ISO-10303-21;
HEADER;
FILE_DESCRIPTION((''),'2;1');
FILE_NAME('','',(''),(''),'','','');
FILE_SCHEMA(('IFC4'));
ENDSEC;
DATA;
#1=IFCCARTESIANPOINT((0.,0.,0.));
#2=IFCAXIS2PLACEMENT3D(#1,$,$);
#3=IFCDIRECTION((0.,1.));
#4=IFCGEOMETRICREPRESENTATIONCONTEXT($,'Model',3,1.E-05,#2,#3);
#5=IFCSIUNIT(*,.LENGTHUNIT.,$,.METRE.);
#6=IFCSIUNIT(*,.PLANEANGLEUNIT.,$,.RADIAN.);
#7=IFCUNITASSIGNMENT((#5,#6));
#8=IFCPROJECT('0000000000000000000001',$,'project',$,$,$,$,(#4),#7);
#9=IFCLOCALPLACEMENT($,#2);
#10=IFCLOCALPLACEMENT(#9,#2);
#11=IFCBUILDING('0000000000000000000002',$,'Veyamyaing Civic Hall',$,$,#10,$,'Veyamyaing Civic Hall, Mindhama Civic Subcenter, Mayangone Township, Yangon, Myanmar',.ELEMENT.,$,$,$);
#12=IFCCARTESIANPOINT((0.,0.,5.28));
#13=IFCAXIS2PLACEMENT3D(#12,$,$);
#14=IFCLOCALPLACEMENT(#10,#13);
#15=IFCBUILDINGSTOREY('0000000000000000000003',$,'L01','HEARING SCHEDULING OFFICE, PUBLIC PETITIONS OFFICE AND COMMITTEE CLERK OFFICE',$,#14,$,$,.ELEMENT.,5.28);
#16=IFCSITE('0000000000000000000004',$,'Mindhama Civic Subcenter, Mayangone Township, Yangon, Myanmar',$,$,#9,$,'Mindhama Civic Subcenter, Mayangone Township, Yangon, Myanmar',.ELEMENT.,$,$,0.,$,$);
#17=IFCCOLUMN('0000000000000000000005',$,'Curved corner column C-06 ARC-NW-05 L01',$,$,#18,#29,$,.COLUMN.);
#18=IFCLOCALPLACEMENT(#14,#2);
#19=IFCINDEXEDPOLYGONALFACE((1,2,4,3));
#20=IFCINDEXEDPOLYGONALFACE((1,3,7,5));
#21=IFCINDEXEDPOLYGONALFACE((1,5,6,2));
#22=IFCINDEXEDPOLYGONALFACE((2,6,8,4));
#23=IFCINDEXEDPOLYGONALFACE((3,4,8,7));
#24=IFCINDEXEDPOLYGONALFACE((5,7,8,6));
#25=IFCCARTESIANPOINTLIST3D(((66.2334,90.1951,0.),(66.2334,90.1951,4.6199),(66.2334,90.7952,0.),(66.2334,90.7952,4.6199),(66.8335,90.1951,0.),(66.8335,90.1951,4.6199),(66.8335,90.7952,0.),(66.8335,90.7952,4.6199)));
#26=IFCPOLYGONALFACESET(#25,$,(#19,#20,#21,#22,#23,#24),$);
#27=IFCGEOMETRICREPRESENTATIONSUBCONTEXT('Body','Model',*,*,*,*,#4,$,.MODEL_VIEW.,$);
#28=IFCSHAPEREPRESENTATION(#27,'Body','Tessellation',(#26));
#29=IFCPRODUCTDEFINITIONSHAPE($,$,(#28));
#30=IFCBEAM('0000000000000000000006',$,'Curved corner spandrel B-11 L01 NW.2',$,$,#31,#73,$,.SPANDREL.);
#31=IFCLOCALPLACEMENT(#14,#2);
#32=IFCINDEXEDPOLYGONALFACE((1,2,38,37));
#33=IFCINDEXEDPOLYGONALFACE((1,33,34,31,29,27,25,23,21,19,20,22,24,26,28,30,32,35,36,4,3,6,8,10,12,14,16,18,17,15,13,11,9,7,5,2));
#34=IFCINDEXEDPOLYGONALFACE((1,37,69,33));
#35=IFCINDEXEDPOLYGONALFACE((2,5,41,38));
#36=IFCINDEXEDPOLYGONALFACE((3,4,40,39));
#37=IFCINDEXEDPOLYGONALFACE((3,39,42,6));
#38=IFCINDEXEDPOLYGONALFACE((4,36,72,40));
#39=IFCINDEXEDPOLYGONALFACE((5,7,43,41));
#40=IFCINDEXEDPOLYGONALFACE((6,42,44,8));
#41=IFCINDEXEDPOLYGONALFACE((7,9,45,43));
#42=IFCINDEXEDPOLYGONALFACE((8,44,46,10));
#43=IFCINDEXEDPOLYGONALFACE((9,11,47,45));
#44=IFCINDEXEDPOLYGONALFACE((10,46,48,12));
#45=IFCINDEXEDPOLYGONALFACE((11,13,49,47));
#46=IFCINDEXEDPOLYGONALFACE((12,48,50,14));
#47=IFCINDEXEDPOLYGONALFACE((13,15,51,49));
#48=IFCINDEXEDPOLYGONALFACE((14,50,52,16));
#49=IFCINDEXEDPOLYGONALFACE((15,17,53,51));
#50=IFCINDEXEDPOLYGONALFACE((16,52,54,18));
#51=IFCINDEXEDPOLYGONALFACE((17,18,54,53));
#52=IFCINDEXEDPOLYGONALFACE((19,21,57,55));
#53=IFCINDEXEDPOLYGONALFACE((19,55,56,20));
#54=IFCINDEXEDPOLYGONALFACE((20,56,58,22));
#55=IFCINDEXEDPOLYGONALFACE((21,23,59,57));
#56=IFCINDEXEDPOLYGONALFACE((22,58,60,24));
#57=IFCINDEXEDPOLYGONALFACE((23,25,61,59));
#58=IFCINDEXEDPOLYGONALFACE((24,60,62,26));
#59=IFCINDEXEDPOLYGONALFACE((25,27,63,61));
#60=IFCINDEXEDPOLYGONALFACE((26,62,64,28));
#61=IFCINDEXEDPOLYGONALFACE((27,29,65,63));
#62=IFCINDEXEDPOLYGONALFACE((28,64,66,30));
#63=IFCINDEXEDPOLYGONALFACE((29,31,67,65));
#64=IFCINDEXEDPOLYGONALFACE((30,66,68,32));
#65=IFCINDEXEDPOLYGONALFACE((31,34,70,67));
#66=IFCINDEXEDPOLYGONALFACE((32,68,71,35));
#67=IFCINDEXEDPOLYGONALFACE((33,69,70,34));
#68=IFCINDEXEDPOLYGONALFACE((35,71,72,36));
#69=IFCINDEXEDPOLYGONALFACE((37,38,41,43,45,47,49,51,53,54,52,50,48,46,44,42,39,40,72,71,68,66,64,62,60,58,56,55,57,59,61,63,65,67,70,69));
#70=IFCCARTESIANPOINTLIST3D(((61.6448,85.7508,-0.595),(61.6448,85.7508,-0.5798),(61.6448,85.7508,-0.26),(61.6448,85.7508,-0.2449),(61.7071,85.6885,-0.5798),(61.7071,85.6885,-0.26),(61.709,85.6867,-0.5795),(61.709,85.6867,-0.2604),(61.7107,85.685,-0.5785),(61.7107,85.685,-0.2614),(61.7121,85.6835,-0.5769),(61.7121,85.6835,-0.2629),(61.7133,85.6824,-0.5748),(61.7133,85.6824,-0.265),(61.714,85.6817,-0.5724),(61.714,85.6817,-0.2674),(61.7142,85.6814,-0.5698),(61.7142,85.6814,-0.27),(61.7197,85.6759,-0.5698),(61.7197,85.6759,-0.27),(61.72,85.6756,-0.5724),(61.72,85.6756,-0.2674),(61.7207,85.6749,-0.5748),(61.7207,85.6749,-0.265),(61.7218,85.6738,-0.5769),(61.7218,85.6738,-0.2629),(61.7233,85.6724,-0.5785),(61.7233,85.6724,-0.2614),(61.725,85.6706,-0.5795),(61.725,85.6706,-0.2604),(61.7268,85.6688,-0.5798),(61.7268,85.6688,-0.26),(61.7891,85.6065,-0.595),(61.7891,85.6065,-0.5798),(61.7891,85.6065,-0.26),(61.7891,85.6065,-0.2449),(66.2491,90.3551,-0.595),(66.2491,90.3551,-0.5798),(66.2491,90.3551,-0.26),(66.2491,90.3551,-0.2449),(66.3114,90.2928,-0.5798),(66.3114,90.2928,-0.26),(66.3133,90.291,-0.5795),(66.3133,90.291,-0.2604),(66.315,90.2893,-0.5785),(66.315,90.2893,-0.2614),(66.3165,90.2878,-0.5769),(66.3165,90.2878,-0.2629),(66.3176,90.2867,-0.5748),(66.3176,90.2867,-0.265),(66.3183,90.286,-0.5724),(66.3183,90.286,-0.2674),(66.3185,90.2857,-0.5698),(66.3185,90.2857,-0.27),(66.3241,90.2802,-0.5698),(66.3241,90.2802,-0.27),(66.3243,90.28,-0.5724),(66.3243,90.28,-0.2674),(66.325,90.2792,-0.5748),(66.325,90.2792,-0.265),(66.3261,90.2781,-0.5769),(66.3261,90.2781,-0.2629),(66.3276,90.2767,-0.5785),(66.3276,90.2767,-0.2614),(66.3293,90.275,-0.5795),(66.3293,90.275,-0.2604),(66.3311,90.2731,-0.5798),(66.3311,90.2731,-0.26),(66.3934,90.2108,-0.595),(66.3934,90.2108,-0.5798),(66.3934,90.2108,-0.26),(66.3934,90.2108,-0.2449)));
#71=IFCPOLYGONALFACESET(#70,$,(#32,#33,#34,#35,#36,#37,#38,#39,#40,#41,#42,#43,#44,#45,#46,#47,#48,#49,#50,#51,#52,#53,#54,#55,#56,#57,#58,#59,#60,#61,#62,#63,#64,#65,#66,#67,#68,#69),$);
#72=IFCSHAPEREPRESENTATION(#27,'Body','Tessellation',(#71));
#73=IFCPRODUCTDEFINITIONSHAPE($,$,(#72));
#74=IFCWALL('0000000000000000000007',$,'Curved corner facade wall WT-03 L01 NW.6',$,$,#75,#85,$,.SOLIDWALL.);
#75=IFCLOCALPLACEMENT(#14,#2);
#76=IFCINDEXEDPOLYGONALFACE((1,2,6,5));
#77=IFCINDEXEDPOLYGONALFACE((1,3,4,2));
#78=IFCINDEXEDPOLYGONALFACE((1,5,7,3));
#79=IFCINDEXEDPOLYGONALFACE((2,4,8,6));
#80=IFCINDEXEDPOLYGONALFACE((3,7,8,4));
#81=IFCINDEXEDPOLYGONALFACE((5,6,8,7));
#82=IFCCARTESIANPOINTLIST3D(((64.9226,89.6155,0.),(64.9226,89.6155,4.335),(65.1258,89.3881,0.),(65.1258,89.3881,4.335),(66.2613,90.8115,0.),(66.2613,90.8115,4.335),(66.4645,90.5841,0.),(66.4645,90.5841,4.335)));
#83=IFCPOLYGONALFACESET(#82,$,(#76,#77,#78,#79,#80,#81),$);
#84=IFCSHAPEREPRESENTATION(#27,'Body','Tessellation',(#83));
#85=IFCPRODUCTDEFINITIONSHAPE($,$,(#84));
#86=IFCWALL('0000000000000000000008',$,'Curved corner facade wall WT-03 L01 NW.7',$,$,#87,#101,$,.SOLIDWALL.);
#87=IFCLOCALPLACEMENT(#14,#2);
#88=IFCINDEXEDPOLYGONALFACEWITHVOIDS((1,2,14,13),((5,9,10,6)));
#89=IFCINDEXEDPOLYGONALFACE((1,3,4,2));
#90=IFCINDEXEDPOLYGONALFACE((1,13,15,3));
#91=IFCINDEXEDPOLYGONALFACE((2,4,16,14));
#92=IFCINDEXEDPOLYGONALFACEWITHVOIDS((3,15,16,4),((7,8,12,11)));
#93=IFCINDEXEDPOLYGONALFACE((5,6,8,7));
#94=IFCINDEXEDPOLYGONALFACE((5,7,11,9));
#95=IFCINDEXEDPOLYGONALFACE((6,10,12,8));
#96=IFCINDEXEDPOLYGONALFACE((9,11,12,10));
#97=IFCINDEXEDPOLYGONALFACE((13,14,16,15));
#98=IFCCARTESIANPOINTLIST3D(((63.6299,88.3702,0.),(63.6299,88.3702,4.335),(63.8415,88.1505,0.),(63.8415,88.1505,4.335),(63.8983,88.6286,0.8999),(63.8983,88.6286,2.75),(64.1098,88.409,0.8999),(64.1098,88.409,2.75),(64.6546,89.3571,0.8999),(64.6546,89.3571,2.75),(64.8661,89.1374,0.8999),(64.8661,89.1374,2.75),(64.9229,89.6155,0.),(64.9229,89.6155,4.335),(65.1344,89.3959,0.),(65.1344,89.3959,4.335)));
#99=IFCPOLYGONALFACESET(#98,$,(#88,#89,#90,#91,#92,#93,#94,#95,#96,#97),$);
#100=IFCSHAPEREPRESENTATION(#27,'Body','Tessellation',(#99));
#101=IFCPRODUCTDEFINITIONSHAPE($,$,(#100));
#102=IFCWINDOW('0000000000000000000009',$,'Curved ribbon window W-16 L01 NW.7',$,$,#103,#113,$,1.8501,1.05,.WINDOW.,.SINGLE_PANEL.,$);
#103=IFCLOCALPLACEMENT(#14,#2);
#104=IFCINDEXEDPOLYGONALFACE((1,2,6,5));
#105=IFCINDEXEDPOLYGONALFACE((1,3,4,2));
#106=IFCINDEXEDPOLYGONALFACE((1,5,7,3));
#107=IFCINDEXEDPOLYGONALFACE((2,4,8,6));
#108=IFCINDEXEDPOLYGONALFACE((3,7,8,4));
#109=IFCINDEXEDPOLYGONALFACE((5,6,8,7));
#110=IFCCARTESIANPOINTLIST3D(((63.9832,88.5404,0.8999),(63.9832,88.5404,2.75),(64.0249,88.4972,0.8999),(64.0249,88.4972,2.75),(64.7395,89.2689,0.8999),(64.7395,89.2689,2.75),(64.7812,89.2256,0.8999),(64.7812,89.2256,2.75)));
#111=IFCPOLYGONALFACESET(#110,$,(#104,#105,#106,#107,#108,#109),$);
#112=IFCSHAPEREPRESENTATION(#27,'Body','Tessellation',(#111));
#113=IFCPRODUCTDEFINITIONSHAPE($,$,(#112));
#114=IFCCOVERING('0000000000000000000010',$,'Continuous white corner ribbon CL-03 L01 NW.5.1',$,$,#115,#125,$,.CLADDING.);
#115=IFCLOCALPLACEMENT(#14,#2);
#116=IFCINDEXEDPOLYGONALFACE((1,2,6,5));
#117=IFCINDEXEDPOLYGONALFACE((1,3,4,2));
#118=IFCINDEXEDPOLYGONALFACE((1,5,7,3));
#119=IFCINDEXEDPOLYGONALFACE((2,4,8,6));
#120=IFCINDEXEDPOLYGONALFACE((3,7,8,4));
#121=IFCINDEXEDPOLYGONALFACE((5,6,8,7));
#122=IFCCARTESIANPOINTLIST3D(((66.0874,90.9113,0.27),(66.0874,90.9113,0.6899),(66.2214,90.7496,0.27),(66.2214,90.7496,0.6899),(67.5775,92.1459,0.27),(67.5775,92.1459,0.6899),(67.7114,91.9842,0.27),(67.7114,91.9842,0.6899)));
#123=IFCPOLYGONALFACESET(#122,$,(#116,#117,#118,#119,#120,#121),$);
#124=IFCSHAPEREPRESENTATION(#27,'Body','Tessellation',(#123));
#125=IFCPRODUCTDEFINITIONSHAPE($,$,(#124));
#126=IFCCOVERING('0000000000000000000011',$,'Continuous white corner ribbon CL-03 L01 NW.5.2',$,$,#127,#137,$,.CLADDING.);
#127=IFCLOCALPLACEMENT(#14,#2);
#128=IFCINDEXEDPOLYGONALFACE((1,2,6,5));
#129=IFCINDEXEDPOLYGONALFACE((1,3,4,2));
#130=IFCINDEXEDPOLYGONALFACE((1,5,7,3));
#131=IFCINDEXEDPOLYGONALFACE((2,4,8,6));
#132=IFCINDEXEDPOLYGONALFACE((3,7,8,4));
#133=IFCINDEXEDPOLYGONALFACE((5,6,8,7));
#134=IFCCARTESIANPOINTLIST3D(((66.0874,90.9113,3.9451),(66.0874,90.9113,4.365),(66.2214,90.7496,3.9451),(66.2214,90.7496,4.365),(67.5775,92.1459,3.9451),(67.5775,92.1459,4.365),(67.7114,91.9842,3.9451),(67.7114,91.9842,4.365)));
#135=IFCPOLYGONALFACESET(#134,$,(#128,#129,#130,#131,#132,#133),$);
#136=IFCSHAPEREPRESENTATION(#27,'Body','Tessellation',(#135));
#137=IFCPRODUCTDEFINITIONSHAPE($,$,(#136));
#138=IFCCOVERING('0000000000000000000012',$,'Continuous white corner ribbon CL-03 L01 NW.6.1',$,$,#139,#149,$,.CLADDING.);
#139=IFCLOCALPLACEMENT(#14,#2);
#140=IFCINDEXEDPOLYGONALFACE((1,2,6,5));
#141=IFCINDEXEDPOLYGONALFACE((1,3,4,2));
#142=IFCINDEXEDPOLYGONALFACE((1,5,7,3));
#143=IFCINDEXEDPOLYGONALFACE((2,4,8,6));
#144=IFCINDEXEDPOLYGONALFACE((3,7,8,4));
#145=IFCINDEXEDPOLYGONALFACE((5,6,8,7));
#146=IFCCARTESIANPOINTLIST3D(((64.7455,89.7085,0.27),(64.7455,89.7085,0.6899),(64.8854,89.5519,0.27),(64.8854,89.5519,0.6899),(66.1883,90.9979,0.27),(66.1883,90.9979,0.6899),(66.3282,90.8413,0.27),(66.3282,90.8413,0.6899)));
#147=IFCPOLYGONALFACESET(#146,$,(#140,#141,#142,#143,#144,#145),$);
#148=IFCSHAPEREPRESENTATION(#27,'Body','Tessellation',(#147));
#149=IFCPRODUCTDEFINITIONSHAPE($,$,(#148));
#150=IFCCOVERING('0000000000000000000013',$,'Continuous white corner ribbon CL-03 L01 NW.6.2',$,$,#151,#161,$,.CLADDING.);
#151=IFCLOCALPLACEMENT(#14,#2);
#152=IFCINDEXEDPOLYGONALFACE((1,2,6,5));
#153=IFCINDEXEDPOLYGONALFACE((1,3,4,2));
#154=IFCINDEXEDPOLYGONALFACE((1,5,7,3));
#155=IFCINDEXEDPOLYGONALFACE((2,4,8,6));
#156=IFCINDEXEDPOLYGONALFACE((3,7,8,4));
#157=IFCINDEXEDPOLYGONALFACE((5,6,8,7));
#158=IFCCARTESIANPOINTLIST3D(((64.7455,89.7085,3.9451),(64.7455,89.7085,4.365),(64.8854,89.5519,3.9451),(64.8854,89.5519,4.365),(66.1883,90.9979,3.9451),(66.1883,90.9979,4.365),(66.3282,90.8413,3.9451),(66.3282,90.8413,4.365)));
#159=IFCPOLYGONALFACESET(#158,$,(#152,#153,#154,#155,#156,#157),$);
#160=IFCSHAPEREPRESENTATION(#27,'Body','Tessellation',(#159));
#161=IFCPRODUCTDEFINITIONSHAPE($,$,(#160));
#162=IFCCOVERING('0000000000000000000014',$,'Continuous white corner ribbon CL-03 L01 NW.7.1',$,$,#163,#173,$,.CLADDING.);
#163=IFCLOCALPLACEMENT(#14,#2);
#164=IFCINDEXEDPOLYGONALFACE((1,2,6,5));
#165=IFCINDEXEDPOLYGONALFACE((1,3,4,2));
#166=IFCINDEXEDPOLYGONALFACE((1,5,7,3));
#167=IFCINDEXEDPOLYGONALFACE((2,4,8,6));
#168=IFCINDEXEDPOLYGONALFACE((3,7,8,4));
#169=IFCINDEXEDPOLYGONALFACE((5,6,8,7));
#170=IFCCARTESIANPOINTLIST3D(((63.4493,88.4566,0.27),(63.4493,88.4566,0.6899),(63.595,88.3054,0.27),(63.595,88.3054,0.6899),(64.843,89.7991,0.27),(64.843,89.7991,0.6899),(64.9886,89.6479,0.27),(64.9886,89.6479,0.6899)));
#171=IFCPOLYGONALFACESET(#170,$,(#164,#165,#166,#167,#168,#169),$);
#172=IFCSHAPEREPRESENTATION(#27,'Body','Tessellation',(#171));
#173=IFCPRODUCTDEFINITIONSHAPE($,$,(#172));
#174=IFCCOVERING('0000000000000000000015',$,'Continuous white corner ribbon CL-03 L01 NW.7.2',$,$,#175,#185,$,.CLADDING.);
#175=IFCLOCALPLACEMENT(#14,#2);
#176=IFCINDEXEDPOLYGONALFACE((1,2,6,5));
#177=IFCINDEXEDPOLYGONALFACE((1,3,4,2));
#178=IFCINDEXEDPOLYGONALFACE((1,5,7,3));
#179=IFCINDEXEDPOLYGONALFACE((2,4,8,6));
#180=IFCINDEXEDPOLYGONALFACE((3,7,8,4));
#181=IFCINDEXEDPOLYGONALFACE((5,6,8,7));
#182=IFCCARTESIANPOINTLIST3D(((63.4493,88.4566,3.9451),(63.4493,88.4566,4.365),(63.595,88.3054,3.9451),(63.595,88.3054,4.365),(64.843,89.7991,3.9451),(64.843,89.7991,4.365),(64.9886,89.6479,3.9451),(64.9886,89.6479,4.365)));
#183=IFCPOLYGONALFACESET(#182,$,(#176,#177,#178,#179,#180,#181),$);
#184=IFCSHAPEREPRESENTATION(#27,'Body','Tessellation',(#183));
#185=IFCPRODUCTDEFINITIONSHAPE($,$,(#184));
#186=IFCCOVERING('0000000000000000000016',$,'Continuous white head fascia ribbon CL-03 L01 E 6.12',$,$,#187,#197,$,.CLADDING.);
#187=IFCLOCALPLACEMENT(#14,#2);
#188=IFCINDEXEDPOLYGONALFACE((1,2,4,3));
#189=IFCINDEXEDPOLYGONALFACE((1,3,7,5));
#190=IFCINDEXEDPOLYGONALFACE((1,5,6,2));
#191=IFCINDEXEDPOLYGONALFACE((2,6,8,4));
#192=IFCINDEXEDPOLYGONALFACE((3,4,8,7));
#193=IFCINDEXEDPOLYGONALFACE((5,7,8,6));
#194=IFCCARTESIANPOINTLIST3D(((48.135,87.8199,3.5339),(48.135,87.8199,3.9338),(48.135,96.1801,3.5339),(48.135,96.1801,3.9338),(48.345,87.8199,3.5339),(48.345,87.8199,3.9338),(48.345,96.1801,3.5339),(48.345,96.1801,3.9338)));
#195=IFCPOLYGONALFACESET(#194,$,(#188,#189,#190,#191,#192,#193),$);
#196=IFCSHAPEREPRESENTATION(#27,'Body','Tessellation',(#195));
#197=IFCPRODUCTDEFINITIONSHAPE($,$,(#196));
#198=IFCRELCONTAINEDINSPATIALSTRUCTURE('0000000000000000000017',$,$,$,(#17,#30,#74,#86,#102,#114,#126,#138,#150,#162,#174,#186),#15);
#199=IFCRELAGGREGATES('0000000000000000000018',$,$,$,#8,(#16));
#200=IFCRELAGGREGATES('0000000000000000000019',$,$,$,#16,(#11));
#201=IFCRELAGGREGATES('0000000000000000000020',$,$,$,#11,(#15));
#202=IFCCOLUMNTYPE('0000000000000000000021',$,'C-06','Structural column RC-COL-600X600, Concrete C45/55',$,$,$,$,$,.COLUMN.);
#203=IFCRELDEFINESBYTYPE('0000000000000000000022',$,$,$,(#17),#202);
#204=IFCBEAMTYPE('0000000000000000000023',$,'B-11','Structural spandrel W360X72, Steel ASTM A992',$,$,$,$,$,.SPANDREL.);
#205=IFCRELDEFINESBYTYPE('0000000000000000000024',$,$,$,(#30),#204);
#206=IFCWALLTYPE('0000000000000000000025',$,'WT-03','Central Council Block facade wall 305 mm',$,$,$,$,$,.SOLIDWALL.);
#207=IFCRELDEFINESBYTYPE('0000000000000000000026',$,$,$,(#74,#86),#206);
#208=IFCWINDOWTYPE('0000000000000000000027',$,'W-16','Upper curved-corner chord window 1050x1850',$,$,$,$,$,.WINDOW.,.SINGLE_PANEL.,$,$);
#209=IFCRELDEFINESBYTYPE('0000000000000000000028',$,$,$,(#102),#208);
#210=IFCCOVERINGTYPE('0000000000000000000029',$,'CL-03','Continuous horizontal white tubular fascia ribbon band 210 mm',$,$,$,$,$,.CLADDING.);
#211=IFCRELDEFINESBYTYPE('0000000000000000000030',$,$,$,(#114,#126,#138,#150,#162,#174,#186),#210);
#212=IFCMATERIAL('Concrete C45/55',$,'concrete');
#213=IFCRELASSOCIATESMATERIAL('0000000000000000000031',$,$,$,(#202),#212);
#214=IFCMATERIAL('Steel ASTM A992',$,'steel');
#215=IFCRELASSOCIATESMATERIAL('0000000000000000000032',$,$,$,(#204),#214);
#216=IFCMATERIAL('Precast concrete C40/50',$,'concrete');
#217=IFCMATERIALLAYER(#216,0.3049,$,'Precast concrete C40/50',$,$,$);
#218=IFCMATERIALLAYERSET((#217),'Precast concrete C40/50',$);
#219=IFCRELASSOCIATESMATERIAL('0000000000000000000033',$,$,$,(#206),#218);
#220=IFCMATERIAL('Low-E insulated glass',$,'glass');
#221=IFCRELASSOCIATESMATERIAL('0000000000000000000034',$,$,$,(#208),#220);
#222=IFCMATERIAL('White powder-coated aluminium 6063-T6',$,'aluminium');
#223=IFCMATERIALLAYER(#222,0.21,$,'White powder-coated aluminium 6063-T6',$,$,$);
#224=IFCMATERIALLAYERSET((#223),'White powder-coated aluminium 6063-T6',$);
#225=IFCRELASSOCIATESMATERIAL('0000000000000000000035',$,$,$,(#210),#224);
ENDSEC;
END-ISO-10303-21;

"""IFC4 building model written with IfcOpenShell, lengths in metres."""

from ifc_helpers import new_model, si_unit, direction, frame, frame_2d, origin, origin_2d, place, context, subcontext, project, spatial, rectangle, i_section, extrude, material, layer, layer_set, material_profile, profile_set, type_object, element, fill, save


model = new_model("IFC4")

# Units and contexts
model_context = context("Model", 3, precision=1e-05, world=origin(), true_north=direction((0.0, 1.0)))
body_context = subcontext(model_context, "Body", "Model", "MODEL_VIEW")
ifc_project = project(units=[si_unit("LENGTHUNIT", "METRE"), si_unit("PLANEANGLEUNIT", "RADIAN")], contexts=[model_context])

# Site, building, storey
site_placement = place(None, origin())
site = spatial("IfcSite", under=ifc_project, at=site_placement, Name="Mindhama Civic Subcenter, Mayangone Township, Yangon, Myanmar", LongName="Mindhama Civic Subcenter, Mayangone Township, Yangon, Myanmar", CompositionType="ELEMENT", RefElevation=0.0)
building_placement = place(site_placement, origin())
building = spatial("IfcBuilding", under=site, at=building_placement, Name="Veyamyaing Civic Hall", LongName="Veyamyaing Civic Hall, Mindhama Civic Subcenter, Mayangone Township, Yangon, Myanmar", CompositionType="ELEMENT")
storey_placement = place(building_placement, frame((0.0, 0.0, 5.28)))
storey = spatial("IfcBuildingStorey", under=building, at=storey_placement, Name="L01", Description="HEARING SCHEDULING OFFICE, PUBLIC PETITIONS OFFICE AND COMMITTEE CLERK OFFICE", CompositionType="ELEMENT", Elevation=5.28)

# Column
ifc_material_1 = material(Name="Concrete C45/55", Category="concrete")
ifc_material_profile_1 = material_profile(ifc_material_1, rectangle(XDim=0.6001, YDim=0.6001, at=origin_2d()), Name="RC-COL-600X600")
ifc_profile_set_1 = profile_set([ifc_material_profile_1], Name="Concrete C45/55")
column_type = type_object("IfcColumnType", Name="C-06", Description="Structural column RC-COL-600X600, Concrete C45/55", PredefinedType="COLUMN", material=ifc_profile_set_1)
column_placement = place(storey_placement, frame((66.5334, 90.4951, 0.0), z_axis=(0.0, 0.0, 1.0), x_axis=(1.0, 0.0, 0.0)))
element("IfcColumn", 1, at=column_placement, inside=storey, type_object=column_type, Name="Curved corner column C-06 ARC-NW-05 L01", PredefinedType="COLUMN", context=body_context, shape_type="SweptSolid", body=[
    extrude(rectangle(XDim=0.6001, YDim=0.6001, at=origin_2d()), origin(), (0.0, 0.0, 1.0), 4.6199),
])

# Beam
ifc_material_2 = material(Name="Steel ASTM A992", Category="steel")
ifc_material_profile_2 = material_profile(ifc_material_2, i_section(OverallWidth=0.2041, OverallDepth=0.3501, WebThickness=0.0078, FlangeThickness=0.0151, FilletRadius=0.01, at=origin_2d()), Name="W360X72")
ifc_profile_set_2 = profile_set([ifc_material_profile_2], Name="Steel ASTM A992")
beam_type = type_object("IfcBeamType", Name="B-11", Description="Structural spandrel W360X72, Steel ASTM A992", PredefinedType="SPANDREL", material=ifc_profile_set_2)
beam_placement = place(storey_placement, frame((66.3213, 90.283, -0.4199), z_axis=(-0.707107, -0.707107, 0.0), x_axis=(0.707107, -0.707107, 0.0)))
element("IfcBeam", 2, at=beam_placement, inside=storey, type_object=beam_type, Name="Curved corner spandrel B-11 L01 NW.2", PredefinedType="SPANDREL", context=body_context, shape_type="SweptSolid", body=[
    extrude(i_section(OverallWidth=0.2041, OverallDepth=0.3501, WebThickness=0.0078, FlangeThickness=0.0151, FilletRadius=0.01, at=origin_2d()), origin(), (0.0, 0.0, 1.0), 6.5115),
])

# Wall
ifc_material_3 = material(Name="Precast concrete C40/50", Category="concrete")
ifc_layer_1 = layer(ifc_material_3, 0.3049, Name="Precast concrete C40/50")
ifc_layer_set_1 = layer_set([ifc_layer_1], Name="Precast concrete C40/50")
wall_type = type_object("IfcWallType", Name="WT-03", Description="Central Council Block facade wall 305 mm", PredefinedType="SOLIDWALL", material=ifc_layer_set_1)
wall_1_placement = place(storey_placement, frame((66.3628, 90.6978, 0.0), z_axis=(0.0, 0.0, 1.0), x_axis=(-0.745704, -0.666278, 0.0)))
element("IfcWall", 3, at=wall_1_placement, inside=storey, type_object=wall_type, Name="Curved corner facade wall WT-03 L01 NW.6", PredefinedType="SOLIDWALL", context=body_context, shape_type="SweptSolid", body=[
    extrude(rectangle(XDim=1.7952, YDim=0.3049, at=frame_2d((0.8975, 0.0))), origin(), (0.0, 0.0, 1.0), 4.335),
])

# Wall, opening, window
wall_2_placement = place(storey_placement, frame((65.0286, 89.5056, 0.0), z_axis=(0.0, 0.0, 1.0), x_axis=(-0.720242, -0.693723, 0.0)))
wall_2 = element("IfcWall", 4, at=wall_2_placement, inside=storey, type_object=wall_type, Name="Curved corner facade wall WT-03 L01 NW.7", PredefinedType="SOLIDWALL", context=body_context, shape_type="SweptSolid", body=[
    extrude(rectangle(XDim=1.7952, YDim=0.3049, at=frame_2d((0.8975, 0.0))), origin(), (0.0, 0.0, 1.0), 4.335),
])
opening_placement = place(wall_2_placement, frame((0.3726, 0.0, 0.8999)))
opening = element("IfcOpeningElement", 5, at=opening_placement, cuts=wall_2, PredefinedType="OPENING", context=body_context, shape_type="SweptSolid", body=[
    extrude(rectangle(XDim=1.05, YDim=1.8501, at=frame_2d((0.5249, 0.925))), frame((0.0, 0.1624, 0.0), z_axis=(0.0, -1.0, 0.0), x_axis=(1.0, 0.0, 0.0)), (0.0, 0.0, 1.0), 0.325),
])
ifc_material_4 = material(Name="Low-E insulated glass", Category="glass")
window_type = type_object("IfcWindowType", Name="W-16", Description="Upper curved-corner chord window 1050x1850", PartitioningType="SINGLE_PANEL", PredefinedType="WINDOW", material=ifc_material_4)
window_placement = place(opening_placement, origin())
window = element("IfcWindow", 6, at=window_placement, inside=storey, type_object=window_type, Name="Curved ribbon window W-16 L01 NW.7", OverallHeight=1.8501, OverallWidth=1.05, PartitioningType="SINGLE_PANEL", PredefinedType="WINDOW", context=body_context, shape_type="SweptSolid", body=[
    extrude(rectangle(XDim=1.05, YDim=1.8501, at=frame_2d((0.5249, 0.925))), frame((0.0, 0.03, 0.0), z_axis=(0.0, -1.0, 0.0), x_axis=(1.0, 0.0, 0.0)), (0.0, 0.0, 1.0), 0.0601),
])
fill(opening, window)

# Coverings
ifc_material_5 = material(Name="White powder-coated aluminium 6063-T6", Category="aluminium")
ifc_layer_2 = layer(ifc_material_5, 0.21, Name="White powder-coated aluminium 6063-T6")
ifc_layer_set_2 = layer_set([ifc_layer_2], Name="White powder-coated aluminium 6063-T6")
covering_type = type_object("IfcCoveringType", Name="CL-03", Description="Continuous horizontal white tubular fascia ribbon band 210 mm", PredefinedType="CLADDING", material=ifc_layer_set_2)
for number, where, z_axis, x_axis, name in (
    (7, (66.8994, 91.4478, 0.27), (0.0, 0.0, 1.0), (-0.770036, -0.638, 0.0), "Continuous white corner ribbon CL-03 L01 NW.5.1"),
    (8, (66.8994, 91.4478, 3.9451), (0.0, 0.0, 1.0), (-0.770036, -0.638, 0.0), "Continuous white corner ribbon CL-03 L01 NW.5.2"),
    (9, (65.5369, 90.2749, 0.27), (0.0, 0.0, 1.0), (-0.745642, -0.666347, 0.0), "Continuous white corner ribbon CL-03 L01 NW.6.1"),
    (10, (65.5369, 90.2749, 3.9451), (0.0, 0.0, 1.0), (-0.745642, -0.666347, 0.0), "Continuous white corner ribbon CL-03 L01 NW.6.2"),
    (11, (64.219, 89.0522, 0.27), (0.0, 0.0, 1.0), (-0.720205, -0.693761, 0.0), "Continuous white corner ribbon CL-03 L01 NW.7.1"),
    (12, (64.219, 89.0522, 3.9451), (0.0, 0.0, 1.0), (-0.720205, -0.693761, 0.0), "Continuous white corner ribbon CL-03 L01 NW.7.2"),
):
    element("IfcCovering", number, at=place(storey_placement, frame(where, z_axis=z_axis, x_axis=x_axis)), inside=storey, type_object=covering_type, Name=name, PredefinedType="CLADDING", context=body_context, shape_type="SweptSolid", body=[
        extrude(rectangle(XDim=1.9351, YDim=0.21, at=origin_2d()), origin(), (0.0, 0.0, 1.0), 0.4199),
    ])
for number, where, z_axis, x_axis, name in (
    (13, (48.24, 92.0, 3.5339), (0.0, 0.0, 1.0), (0.0, 1.0, 0.0), "Continuous white head fascia ribbon CL-03 L01 E 6.12"),
):
    element("IfcCovering", number, at=place(storey_placement, frame(where, z_axis=z_axis, x_axis=x_axis)), inside=storey, type_object=covering_type, Name=name, PredefinedType="CLADDING", context=body_context, shape_type="SweptSolid", body=[
        extrude(rectangle(XDim=8.3601, YDim=0.21, at=origin_2d()), origin(), (0.0, 0.0, 1.0), 0.3999),
    ])

save(model, "model.ifc")
